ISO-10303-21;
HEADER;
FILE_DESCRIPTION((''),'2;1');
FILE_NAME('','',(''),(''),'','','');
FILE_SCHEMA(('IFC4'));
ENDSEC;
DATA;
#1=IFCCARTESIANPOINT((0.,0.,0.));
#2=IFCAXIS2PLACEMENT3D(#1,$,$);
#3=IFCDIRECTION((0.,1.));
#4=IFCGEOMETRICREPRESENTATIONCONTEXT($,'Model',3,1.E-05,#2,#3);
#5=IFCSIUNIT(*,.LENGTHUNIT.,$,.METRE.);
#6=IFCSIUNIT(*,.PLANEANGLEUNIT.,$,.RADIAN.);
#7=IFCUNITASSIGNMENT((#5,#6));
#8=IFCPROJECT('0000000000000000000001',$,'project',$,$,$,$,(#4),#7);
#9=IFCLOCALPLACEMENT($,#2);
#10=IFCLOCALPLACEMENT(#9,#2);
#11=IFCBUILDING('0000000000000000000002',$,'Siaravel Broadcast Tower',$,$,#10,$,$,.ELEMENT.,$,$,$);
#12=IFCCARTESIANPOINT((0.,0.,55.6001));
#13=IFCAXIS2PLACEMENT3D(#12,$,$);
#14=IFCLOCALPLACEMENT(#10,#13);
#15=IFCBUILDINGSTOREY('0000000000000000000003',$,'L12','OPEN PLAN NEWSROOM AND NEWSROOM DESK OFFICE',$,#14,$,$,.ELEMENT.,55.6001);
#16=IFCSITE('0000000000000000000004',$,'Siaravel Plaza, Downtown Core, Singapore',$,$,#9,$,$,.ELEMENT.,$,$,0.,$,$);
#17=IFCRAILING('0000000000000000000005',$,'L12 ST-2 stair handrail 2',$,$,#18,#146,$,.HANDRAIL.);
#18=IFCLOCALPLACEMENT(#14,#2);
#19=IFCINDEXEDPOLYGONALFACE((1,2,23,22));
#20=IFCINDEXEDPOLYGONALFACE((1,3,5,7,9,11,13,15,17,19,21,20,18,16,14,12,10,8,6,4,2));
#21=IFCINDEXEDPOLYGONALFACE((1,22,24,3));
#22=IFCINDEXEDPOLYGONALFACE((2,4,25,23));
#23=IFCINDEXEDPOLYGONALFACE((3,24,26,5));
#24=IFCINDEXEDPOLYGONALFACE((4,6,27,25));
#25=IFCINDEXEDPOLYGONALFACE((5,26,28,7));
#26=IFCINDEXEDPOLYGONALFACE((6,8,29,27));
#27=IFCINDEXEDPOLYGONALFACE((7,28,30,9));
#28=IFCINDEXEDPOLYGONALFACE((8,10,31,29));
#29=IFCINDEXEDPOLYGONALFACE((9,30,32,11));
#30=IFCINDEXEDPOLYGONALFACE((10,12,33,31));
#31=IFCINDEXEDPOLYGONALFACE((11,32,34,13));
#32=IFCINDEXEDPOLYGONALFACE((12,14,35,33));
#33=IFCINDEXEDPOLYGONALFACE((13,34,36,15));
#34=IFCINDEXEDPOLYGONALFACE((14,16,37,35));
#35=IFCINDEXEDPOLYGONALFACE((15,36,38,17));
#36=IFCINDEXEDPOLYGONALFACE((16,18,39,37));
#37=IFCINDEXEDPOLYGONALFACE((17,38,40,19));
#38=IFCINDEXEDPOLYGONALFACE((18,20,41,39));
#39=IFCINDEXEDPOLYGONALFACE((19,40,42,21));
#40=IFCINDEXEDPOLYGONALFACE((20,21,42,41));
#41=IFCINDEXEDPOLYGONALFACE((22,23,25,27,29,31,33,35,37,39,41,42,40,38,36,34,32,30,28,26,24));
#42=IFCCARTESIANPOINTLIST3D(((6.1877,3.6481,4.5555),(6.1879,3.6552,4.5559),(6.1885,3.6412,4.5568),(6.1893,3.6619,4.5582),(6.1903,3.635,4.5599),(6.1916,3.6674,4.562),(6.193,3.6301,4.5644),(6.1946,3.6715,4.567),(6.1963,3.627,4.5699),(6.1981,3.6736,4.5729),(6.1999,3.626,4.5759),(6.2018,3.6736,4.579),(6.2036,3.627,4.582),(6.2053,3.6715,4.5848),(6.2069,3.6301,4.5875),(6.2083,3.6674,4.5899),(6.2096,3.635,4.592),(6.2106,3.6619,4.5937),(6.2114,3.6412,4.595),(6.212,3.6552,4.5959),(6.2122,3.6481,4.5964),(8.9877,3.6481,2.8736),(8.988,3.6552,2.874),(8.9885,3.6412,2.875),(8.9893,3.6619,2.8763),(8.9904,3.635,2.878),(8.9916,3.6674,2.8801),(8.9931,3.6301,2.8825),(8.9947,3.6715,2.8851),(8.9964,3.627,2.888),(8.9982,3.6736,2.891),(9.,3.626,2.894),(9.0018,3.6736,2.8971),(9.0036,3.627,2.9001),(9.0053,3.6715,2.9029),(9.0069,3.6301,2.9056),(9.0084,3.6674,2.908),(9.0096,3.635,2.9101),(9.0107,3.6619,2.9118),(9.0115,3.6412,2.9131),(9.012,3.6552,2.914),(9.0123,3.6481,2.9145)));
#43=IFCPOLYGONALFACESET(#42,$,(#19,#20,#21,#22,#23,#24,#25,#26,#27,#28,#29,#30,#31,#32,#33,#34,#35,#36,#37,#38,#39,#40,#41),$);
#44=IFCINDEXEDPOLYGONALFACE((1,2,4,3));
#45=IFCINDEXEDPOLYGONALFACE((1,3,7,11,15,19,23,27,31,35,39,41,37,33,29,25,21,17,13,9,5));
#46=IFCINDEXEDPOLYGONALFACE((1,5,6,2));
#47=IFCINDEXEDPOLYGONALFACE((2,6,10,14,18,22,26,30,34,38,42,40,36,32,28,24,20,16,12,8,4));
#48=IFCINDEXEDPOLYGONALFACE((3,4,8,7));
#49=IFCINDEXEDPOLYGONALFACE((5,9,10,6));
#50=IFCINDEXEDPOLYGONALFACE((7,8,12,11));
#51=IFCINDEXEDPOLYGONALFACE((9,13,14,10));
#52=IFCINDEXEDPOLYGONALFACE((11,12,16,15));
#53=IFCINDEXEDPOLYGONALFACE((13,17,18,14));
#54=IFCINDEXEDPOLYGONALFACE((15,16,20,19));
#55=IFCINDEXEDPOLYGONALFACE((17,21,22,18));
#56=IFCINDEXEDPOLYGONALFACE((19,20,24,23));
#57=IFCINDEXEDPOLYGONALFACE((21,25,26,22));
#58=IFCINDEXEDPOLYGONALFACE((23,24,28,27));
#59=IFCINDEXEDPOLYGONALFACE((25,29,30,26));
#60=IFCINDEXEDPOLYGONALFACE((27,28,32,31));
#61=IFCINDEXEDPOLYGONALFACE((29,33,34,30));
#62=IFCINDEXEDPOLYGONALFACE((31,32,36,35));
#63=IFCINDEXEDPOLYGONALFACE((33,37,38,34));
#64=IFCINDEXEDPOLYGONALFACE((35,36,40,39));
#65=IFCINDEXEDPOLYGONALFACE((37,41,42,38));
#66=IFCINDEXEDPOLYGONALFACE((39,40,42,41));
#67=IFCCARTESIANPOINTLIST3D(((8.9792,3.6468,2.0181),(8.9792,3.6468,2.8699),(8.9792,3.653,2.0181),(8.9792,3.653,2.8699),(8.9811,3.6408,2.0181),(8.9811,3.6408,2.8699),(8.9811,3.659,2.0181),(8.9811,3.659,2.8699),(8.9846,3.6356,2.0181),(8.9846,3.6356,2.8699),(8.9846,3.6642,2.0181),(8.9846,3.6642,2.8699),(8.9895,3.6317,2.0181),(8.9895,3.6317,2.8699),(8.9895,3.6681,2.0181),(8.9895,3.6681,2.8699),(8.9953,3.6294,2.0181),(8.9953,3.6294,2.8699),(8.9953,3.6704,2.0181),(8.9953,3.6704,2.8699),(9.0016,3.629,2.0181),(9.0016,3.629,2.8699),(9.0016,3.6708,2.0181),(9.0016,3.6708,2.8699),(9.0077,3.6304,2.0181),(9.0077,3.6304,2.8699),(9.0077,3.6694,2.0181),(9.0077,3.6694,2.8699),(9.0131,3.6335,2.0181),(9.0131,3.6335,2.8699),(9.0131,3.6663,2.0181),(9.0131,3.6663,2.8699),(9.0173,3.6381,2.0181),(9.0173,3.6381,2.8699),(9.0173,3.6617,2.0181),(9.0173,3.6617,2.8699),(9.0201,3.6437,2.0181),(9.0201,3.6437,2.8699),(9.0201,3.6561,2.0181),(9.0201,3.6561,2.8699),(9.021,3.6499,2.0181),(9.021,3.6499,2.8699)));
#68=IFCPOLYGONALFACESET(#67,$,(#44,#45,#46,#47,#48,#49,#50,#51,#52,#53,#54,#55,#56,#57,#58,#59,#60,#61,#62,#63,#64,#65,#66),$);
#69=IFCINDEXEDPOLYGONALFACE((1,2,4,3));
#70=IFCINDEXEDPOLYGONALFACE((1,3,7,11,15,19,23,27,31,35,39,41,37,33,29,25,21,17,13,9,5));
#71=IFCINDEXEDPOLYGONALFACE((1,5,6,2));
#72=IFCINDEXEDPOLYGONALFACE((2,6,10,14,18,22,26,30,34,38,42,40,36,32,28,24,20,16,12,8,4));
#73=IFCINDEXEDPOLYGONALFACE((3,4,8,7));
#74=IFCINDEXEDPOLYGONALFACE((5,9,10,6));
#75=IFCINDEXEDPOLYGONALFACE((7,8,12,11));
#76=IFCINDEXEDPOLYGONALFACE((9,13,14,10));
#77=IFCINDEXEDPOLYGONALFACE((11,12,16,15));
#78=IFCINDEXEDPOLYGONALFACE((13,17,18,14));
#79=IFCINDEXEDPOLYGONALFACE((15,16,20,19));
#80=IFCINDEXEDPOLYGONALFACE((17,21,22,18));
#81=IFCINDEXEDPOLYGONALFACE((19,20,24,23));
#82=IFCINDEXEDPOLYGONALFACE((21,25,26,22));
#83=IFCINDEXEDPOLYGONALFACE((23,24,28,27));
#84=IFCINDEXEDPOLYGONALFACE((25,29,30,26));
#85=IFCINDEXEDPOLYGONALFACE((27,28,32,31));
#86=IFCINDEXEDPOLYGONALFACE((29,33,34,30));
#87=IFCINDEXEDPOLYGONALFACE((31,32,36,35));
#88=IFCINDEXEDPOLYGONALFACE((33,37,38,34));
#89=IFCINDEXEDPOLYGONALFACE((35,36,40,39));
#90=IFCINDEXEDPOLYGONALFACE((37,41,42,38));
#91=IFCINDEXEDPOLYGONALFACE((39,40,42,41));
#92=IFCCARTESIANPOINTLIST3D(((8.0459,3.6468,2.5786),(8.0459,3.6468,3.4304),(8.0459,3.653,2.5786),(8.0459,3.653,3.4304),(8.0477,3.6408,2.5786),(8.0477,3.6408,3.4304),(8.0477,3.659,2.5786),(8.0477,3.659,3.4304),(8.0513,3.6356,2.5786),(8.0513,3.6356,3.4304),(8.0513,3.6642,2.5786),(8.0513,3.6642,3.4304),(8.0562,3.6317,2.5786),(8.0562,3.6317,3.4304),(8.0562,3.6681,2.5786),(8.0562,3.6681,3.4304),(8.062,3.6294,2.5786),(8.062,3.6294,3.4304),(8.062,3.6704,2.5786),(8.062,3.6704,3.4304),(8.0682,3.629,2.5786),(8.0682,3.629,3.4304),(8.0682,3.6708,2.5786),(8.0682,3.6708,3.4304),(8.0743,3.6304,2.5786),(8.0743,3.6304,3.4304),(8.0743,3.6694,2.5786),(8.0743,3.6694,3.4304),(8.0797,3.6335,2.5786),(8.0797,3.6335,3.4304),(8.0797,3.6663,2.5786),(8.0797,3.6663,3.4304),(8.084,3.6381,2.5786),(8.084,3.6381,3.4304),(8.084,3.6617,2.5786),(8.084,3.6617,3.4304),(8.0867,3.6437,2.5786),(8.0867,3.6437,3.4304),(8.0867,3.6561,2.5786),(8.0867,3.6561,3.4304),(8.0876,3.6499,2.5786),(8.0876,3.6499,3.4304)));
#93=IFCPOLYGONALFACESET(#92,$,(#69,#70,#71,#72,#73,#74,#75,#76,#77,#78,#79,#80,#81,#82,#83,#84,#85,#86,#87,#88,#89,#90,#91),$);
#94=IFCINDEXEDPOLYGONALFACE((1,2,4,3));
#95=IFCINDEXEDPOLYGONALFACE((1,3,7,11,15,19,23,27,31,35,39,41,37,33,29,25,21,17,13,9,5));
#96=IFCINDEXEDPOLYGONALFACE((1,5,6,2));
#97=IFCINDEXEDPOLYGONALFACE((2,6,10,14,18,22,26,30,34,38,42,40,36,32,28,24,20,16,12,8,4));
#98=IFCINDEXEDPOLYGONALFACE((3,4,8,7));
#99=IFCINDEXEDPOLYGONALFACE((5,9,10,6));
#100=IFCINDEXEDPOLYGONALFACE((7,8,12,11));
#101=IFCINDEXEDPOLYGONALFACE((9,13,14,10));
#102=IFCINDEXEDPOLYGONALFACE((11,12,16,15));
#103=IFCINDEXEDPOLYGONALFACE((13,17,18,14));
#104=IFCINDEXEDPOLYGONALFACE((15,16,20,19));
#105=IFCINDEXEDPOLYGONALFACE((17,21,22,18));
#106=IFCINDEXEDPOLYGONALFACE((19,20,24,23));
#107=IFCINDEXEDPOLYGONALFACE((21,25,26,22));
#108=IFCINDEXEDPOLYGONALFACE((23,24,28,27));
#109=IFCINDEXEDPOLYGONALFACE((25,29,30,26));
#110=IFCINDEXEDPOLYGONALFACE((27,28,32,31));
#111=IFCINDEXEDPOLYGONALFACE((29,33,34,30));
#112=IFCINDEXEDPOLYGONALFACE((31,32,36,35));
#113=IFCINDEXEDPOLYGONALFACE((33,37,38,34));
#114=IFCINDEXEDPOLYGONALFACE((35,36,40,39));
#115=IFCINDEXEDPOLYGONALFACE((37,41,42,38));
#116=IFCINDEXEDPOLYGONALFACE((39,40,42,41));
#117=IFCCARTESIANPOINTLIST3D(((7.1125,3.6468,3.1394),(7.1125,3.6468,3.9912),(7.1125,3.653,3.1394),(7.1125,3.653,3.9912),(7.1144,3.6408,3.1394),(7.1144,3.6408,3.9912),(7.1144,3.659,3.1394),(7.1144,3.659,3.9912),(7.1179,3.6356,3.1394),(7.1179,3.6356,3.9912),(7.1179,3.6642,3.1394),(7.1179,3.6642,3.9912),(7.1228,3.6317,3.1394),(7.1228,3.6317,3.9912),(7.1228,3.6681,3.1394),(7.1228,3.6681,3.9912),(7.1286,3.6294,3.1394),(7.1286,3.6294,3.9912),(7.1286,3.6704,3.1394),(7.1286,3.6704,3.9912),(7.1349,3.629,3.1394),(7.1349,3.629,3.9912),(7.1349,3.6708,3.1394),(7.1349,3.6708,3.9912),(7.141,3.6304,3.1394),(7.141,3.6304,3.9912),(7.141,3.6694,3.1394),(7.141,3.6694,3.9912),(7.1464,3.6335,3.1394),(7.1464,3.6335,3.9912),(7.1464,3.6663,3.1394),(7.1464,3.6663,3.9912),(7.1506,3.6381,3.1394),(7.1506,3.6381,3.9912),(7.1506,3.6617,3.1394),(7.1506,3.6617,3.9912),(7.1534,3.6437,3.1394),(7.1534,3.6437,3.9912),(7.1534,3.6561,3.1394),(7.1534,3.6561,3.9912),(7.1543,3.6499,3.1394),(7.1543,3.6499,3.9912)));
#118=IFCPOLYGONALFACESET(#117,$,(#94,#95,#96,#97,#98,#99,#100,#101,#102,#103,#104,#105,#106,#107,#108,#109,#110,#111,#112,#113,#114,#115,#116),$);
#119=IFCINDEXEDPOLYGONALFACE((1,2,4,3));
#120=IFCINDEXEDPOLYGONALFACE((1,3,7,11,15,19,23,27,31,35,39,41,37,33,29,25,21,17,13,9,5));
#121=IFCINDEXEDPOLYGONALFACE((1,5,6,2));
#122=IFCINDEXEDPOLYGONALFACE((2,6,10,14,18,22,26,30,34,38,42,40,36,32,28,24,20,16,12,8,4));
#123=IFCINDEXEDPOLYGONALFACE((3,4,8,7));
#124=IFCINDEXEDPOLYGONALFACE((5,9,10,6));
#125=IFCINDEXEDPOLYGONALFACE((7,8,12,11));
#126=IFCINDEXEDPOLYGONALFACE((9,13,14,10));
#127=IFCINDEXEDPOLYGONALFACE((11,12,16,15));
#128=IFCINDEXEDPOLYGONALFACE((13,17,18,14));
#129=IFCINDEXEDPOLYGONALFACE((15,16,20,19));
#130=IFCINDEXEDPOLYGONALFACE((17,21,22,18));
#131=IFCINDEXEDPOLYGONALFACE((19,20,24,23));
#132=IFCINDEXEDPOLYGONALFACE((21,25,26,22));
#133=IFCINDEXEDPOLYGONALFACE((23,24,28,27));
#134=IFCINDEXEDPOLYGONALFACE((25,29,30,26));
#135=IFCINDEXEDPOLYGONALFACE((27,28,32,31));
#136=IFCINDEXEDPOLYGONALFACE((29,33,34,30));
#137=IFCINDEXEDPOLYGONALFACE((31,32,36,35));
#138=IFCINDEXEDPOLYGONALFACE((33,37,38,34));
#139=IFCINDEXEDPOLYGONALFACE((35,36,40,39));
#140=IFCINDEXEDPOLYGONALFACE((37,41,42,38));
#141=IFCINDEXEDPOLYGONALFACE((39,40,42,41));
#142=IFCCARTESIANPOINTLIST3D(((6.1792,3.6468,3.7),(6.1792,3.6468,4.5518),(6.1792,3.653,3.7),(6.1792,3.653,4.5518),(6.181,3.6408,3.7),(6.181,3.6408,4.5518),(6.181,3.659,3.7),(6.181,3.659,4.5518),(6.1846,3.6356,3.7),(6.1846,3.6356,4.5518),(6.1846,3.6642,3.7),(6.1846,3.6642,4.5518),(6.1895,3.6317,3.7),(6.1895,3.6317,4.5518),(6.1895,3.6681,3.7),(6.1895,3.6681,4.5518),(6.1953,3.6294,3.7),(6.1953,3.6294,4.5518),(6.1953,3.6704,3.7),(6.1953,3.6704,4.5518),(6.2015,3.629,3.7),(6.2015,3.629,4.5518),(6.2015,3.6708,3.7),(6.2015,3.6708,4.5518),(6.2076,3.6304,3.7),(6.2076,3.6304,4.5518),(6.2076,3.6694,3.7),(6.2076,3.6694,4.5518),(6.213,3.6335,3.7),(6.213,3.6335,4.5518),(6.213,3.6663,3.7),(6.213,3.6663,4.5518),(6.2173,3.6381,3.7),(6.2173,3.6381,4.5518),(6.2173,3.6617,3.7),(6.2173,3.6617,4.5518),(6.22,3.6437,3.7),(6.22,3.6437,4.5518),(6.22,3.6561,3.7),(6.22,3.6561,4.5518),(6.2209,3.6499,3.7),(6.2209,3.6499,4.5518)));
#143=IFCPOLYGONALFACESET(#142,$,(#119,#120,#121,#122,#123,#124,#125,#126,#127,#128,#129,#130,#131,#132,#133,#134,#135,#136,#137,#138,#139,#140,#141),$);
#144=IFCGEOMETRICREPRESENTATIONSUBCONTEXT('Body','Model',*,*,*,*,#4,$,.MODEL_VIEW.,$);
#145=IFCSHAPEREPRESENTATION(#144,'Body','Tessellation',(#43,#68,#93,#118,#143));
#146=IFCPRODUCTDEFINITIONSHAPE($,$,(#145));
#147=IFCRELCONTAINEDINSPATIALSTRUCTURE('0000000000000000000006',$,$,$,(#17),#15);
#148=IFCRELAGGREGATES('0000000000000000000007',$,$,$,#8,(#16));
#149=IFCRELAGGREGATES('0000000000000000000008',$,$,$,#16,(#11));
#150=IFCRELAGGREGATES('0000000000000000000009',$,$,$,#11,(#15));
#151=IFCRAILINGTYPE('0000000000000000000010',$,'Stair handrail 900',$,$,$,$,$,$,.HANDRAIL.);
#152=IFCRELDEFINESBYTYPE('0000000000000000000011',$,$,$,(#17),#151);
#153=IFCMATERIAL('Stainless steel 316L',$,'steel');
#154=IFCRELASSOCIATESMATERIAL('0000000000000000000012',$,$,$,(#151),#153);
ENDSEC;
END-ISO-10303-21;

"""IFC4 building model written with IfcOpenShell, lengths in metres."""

from ifc_helpers import new_model, si_unit, direction, frame, origin, origin_2d, place, context, subcontext, project, spatial, circle, extrude, material, type_object, element, save


model = new_model("IFC4")

# Units and contexts
model_context = context("Model", 3, precision=1e-05, world=origin(), true_north=direction((0.0, 1.0)))
body_context = subcontext(model_context, "Body", "Model", "MODEL_VIEW")
ifc_project = project(units=[si_unit("LENGTHUNIT", "METRE"), si_unit("PLANEANGLEUNIT", "RADIAN")], contexts=[model_context])

# Site, building, storey
site_placement = place(None, origin())
site = spatial("IfcSite", under=ifc_project, at=site_placement, Name="Siaravel Plaza, Downtown Core, Singapore", CompositionType="ELEMENT", RefElevation=0.0)
building_placement = place(site_placement, origin())
building = spatial("IfcBuilding", under=site, at=building_placement, Name="Siaravel Broadcast Tower", CompositionType="ELEMENT")
storey_placement = place(building_placement, frame((0.0, 0.0, 55.6001)))
storey = spatial("IfcBuildingStorey", under=building, at=storey_placement, Name="L12", Description="OPEN PLAN NEWSROOM AND NEWSROOM DESK OFFICE", CompositionType="ELEMENT", Elevation=55.6001)

# Railing
ifc_material_1 = material(Name="Stainless steel 316L", Category="steel")
railing_type_1 = type_object("IfcRailingType", Name="Stair handrail 900", PredefinedType="HANDRAIL", material=ifc_material_1)
railing_1_placement = place(storey_placement, frame((9.0, 3.6499, 2.0181)))
element("IfcRailing", 1, at=railing_1_placement, inside=storey, type_object=railing_type_1, Name="L12 ST-2 stair handrail 2", PredefinedType="HANDRAIL", context=body_context, shape_type="SweptSolid", body=[
    extrude(circle(Radius=0.0239, at=origin_2d()), frame((0.0, 0.0, 0.876), z_axis=(-0.857242, 0.0, 0.514913), x_axis=(0.0, -1.0, 0.0)), (0.0, 0.0, 1.0), 3.2664),
    extrude(circle(Radius=0.021, at=origin_2d()), origin(), (0.0, 0.0, 1.0), 0.8518),
    extrude(circle(Radius=0.021, at=origin_2d()), frame((-0.9333, 0.0, 0.5605)), (0.0, 0.0, 1.0), 0.8518),
    extrude(circle(Radius=0.021, at=origin_2d()), frame((-1.8667, 0.0, 1.1213)), (0.0, 0.0, 1.0), 0.8518),
    extrude(circle(Radius=0.021, at=origin_2d()), frame((-2.8, 0.0, 1.6819)), (0.0, 0.0, 1.0), 0.8518),
])

save(model, "model.ifc")
